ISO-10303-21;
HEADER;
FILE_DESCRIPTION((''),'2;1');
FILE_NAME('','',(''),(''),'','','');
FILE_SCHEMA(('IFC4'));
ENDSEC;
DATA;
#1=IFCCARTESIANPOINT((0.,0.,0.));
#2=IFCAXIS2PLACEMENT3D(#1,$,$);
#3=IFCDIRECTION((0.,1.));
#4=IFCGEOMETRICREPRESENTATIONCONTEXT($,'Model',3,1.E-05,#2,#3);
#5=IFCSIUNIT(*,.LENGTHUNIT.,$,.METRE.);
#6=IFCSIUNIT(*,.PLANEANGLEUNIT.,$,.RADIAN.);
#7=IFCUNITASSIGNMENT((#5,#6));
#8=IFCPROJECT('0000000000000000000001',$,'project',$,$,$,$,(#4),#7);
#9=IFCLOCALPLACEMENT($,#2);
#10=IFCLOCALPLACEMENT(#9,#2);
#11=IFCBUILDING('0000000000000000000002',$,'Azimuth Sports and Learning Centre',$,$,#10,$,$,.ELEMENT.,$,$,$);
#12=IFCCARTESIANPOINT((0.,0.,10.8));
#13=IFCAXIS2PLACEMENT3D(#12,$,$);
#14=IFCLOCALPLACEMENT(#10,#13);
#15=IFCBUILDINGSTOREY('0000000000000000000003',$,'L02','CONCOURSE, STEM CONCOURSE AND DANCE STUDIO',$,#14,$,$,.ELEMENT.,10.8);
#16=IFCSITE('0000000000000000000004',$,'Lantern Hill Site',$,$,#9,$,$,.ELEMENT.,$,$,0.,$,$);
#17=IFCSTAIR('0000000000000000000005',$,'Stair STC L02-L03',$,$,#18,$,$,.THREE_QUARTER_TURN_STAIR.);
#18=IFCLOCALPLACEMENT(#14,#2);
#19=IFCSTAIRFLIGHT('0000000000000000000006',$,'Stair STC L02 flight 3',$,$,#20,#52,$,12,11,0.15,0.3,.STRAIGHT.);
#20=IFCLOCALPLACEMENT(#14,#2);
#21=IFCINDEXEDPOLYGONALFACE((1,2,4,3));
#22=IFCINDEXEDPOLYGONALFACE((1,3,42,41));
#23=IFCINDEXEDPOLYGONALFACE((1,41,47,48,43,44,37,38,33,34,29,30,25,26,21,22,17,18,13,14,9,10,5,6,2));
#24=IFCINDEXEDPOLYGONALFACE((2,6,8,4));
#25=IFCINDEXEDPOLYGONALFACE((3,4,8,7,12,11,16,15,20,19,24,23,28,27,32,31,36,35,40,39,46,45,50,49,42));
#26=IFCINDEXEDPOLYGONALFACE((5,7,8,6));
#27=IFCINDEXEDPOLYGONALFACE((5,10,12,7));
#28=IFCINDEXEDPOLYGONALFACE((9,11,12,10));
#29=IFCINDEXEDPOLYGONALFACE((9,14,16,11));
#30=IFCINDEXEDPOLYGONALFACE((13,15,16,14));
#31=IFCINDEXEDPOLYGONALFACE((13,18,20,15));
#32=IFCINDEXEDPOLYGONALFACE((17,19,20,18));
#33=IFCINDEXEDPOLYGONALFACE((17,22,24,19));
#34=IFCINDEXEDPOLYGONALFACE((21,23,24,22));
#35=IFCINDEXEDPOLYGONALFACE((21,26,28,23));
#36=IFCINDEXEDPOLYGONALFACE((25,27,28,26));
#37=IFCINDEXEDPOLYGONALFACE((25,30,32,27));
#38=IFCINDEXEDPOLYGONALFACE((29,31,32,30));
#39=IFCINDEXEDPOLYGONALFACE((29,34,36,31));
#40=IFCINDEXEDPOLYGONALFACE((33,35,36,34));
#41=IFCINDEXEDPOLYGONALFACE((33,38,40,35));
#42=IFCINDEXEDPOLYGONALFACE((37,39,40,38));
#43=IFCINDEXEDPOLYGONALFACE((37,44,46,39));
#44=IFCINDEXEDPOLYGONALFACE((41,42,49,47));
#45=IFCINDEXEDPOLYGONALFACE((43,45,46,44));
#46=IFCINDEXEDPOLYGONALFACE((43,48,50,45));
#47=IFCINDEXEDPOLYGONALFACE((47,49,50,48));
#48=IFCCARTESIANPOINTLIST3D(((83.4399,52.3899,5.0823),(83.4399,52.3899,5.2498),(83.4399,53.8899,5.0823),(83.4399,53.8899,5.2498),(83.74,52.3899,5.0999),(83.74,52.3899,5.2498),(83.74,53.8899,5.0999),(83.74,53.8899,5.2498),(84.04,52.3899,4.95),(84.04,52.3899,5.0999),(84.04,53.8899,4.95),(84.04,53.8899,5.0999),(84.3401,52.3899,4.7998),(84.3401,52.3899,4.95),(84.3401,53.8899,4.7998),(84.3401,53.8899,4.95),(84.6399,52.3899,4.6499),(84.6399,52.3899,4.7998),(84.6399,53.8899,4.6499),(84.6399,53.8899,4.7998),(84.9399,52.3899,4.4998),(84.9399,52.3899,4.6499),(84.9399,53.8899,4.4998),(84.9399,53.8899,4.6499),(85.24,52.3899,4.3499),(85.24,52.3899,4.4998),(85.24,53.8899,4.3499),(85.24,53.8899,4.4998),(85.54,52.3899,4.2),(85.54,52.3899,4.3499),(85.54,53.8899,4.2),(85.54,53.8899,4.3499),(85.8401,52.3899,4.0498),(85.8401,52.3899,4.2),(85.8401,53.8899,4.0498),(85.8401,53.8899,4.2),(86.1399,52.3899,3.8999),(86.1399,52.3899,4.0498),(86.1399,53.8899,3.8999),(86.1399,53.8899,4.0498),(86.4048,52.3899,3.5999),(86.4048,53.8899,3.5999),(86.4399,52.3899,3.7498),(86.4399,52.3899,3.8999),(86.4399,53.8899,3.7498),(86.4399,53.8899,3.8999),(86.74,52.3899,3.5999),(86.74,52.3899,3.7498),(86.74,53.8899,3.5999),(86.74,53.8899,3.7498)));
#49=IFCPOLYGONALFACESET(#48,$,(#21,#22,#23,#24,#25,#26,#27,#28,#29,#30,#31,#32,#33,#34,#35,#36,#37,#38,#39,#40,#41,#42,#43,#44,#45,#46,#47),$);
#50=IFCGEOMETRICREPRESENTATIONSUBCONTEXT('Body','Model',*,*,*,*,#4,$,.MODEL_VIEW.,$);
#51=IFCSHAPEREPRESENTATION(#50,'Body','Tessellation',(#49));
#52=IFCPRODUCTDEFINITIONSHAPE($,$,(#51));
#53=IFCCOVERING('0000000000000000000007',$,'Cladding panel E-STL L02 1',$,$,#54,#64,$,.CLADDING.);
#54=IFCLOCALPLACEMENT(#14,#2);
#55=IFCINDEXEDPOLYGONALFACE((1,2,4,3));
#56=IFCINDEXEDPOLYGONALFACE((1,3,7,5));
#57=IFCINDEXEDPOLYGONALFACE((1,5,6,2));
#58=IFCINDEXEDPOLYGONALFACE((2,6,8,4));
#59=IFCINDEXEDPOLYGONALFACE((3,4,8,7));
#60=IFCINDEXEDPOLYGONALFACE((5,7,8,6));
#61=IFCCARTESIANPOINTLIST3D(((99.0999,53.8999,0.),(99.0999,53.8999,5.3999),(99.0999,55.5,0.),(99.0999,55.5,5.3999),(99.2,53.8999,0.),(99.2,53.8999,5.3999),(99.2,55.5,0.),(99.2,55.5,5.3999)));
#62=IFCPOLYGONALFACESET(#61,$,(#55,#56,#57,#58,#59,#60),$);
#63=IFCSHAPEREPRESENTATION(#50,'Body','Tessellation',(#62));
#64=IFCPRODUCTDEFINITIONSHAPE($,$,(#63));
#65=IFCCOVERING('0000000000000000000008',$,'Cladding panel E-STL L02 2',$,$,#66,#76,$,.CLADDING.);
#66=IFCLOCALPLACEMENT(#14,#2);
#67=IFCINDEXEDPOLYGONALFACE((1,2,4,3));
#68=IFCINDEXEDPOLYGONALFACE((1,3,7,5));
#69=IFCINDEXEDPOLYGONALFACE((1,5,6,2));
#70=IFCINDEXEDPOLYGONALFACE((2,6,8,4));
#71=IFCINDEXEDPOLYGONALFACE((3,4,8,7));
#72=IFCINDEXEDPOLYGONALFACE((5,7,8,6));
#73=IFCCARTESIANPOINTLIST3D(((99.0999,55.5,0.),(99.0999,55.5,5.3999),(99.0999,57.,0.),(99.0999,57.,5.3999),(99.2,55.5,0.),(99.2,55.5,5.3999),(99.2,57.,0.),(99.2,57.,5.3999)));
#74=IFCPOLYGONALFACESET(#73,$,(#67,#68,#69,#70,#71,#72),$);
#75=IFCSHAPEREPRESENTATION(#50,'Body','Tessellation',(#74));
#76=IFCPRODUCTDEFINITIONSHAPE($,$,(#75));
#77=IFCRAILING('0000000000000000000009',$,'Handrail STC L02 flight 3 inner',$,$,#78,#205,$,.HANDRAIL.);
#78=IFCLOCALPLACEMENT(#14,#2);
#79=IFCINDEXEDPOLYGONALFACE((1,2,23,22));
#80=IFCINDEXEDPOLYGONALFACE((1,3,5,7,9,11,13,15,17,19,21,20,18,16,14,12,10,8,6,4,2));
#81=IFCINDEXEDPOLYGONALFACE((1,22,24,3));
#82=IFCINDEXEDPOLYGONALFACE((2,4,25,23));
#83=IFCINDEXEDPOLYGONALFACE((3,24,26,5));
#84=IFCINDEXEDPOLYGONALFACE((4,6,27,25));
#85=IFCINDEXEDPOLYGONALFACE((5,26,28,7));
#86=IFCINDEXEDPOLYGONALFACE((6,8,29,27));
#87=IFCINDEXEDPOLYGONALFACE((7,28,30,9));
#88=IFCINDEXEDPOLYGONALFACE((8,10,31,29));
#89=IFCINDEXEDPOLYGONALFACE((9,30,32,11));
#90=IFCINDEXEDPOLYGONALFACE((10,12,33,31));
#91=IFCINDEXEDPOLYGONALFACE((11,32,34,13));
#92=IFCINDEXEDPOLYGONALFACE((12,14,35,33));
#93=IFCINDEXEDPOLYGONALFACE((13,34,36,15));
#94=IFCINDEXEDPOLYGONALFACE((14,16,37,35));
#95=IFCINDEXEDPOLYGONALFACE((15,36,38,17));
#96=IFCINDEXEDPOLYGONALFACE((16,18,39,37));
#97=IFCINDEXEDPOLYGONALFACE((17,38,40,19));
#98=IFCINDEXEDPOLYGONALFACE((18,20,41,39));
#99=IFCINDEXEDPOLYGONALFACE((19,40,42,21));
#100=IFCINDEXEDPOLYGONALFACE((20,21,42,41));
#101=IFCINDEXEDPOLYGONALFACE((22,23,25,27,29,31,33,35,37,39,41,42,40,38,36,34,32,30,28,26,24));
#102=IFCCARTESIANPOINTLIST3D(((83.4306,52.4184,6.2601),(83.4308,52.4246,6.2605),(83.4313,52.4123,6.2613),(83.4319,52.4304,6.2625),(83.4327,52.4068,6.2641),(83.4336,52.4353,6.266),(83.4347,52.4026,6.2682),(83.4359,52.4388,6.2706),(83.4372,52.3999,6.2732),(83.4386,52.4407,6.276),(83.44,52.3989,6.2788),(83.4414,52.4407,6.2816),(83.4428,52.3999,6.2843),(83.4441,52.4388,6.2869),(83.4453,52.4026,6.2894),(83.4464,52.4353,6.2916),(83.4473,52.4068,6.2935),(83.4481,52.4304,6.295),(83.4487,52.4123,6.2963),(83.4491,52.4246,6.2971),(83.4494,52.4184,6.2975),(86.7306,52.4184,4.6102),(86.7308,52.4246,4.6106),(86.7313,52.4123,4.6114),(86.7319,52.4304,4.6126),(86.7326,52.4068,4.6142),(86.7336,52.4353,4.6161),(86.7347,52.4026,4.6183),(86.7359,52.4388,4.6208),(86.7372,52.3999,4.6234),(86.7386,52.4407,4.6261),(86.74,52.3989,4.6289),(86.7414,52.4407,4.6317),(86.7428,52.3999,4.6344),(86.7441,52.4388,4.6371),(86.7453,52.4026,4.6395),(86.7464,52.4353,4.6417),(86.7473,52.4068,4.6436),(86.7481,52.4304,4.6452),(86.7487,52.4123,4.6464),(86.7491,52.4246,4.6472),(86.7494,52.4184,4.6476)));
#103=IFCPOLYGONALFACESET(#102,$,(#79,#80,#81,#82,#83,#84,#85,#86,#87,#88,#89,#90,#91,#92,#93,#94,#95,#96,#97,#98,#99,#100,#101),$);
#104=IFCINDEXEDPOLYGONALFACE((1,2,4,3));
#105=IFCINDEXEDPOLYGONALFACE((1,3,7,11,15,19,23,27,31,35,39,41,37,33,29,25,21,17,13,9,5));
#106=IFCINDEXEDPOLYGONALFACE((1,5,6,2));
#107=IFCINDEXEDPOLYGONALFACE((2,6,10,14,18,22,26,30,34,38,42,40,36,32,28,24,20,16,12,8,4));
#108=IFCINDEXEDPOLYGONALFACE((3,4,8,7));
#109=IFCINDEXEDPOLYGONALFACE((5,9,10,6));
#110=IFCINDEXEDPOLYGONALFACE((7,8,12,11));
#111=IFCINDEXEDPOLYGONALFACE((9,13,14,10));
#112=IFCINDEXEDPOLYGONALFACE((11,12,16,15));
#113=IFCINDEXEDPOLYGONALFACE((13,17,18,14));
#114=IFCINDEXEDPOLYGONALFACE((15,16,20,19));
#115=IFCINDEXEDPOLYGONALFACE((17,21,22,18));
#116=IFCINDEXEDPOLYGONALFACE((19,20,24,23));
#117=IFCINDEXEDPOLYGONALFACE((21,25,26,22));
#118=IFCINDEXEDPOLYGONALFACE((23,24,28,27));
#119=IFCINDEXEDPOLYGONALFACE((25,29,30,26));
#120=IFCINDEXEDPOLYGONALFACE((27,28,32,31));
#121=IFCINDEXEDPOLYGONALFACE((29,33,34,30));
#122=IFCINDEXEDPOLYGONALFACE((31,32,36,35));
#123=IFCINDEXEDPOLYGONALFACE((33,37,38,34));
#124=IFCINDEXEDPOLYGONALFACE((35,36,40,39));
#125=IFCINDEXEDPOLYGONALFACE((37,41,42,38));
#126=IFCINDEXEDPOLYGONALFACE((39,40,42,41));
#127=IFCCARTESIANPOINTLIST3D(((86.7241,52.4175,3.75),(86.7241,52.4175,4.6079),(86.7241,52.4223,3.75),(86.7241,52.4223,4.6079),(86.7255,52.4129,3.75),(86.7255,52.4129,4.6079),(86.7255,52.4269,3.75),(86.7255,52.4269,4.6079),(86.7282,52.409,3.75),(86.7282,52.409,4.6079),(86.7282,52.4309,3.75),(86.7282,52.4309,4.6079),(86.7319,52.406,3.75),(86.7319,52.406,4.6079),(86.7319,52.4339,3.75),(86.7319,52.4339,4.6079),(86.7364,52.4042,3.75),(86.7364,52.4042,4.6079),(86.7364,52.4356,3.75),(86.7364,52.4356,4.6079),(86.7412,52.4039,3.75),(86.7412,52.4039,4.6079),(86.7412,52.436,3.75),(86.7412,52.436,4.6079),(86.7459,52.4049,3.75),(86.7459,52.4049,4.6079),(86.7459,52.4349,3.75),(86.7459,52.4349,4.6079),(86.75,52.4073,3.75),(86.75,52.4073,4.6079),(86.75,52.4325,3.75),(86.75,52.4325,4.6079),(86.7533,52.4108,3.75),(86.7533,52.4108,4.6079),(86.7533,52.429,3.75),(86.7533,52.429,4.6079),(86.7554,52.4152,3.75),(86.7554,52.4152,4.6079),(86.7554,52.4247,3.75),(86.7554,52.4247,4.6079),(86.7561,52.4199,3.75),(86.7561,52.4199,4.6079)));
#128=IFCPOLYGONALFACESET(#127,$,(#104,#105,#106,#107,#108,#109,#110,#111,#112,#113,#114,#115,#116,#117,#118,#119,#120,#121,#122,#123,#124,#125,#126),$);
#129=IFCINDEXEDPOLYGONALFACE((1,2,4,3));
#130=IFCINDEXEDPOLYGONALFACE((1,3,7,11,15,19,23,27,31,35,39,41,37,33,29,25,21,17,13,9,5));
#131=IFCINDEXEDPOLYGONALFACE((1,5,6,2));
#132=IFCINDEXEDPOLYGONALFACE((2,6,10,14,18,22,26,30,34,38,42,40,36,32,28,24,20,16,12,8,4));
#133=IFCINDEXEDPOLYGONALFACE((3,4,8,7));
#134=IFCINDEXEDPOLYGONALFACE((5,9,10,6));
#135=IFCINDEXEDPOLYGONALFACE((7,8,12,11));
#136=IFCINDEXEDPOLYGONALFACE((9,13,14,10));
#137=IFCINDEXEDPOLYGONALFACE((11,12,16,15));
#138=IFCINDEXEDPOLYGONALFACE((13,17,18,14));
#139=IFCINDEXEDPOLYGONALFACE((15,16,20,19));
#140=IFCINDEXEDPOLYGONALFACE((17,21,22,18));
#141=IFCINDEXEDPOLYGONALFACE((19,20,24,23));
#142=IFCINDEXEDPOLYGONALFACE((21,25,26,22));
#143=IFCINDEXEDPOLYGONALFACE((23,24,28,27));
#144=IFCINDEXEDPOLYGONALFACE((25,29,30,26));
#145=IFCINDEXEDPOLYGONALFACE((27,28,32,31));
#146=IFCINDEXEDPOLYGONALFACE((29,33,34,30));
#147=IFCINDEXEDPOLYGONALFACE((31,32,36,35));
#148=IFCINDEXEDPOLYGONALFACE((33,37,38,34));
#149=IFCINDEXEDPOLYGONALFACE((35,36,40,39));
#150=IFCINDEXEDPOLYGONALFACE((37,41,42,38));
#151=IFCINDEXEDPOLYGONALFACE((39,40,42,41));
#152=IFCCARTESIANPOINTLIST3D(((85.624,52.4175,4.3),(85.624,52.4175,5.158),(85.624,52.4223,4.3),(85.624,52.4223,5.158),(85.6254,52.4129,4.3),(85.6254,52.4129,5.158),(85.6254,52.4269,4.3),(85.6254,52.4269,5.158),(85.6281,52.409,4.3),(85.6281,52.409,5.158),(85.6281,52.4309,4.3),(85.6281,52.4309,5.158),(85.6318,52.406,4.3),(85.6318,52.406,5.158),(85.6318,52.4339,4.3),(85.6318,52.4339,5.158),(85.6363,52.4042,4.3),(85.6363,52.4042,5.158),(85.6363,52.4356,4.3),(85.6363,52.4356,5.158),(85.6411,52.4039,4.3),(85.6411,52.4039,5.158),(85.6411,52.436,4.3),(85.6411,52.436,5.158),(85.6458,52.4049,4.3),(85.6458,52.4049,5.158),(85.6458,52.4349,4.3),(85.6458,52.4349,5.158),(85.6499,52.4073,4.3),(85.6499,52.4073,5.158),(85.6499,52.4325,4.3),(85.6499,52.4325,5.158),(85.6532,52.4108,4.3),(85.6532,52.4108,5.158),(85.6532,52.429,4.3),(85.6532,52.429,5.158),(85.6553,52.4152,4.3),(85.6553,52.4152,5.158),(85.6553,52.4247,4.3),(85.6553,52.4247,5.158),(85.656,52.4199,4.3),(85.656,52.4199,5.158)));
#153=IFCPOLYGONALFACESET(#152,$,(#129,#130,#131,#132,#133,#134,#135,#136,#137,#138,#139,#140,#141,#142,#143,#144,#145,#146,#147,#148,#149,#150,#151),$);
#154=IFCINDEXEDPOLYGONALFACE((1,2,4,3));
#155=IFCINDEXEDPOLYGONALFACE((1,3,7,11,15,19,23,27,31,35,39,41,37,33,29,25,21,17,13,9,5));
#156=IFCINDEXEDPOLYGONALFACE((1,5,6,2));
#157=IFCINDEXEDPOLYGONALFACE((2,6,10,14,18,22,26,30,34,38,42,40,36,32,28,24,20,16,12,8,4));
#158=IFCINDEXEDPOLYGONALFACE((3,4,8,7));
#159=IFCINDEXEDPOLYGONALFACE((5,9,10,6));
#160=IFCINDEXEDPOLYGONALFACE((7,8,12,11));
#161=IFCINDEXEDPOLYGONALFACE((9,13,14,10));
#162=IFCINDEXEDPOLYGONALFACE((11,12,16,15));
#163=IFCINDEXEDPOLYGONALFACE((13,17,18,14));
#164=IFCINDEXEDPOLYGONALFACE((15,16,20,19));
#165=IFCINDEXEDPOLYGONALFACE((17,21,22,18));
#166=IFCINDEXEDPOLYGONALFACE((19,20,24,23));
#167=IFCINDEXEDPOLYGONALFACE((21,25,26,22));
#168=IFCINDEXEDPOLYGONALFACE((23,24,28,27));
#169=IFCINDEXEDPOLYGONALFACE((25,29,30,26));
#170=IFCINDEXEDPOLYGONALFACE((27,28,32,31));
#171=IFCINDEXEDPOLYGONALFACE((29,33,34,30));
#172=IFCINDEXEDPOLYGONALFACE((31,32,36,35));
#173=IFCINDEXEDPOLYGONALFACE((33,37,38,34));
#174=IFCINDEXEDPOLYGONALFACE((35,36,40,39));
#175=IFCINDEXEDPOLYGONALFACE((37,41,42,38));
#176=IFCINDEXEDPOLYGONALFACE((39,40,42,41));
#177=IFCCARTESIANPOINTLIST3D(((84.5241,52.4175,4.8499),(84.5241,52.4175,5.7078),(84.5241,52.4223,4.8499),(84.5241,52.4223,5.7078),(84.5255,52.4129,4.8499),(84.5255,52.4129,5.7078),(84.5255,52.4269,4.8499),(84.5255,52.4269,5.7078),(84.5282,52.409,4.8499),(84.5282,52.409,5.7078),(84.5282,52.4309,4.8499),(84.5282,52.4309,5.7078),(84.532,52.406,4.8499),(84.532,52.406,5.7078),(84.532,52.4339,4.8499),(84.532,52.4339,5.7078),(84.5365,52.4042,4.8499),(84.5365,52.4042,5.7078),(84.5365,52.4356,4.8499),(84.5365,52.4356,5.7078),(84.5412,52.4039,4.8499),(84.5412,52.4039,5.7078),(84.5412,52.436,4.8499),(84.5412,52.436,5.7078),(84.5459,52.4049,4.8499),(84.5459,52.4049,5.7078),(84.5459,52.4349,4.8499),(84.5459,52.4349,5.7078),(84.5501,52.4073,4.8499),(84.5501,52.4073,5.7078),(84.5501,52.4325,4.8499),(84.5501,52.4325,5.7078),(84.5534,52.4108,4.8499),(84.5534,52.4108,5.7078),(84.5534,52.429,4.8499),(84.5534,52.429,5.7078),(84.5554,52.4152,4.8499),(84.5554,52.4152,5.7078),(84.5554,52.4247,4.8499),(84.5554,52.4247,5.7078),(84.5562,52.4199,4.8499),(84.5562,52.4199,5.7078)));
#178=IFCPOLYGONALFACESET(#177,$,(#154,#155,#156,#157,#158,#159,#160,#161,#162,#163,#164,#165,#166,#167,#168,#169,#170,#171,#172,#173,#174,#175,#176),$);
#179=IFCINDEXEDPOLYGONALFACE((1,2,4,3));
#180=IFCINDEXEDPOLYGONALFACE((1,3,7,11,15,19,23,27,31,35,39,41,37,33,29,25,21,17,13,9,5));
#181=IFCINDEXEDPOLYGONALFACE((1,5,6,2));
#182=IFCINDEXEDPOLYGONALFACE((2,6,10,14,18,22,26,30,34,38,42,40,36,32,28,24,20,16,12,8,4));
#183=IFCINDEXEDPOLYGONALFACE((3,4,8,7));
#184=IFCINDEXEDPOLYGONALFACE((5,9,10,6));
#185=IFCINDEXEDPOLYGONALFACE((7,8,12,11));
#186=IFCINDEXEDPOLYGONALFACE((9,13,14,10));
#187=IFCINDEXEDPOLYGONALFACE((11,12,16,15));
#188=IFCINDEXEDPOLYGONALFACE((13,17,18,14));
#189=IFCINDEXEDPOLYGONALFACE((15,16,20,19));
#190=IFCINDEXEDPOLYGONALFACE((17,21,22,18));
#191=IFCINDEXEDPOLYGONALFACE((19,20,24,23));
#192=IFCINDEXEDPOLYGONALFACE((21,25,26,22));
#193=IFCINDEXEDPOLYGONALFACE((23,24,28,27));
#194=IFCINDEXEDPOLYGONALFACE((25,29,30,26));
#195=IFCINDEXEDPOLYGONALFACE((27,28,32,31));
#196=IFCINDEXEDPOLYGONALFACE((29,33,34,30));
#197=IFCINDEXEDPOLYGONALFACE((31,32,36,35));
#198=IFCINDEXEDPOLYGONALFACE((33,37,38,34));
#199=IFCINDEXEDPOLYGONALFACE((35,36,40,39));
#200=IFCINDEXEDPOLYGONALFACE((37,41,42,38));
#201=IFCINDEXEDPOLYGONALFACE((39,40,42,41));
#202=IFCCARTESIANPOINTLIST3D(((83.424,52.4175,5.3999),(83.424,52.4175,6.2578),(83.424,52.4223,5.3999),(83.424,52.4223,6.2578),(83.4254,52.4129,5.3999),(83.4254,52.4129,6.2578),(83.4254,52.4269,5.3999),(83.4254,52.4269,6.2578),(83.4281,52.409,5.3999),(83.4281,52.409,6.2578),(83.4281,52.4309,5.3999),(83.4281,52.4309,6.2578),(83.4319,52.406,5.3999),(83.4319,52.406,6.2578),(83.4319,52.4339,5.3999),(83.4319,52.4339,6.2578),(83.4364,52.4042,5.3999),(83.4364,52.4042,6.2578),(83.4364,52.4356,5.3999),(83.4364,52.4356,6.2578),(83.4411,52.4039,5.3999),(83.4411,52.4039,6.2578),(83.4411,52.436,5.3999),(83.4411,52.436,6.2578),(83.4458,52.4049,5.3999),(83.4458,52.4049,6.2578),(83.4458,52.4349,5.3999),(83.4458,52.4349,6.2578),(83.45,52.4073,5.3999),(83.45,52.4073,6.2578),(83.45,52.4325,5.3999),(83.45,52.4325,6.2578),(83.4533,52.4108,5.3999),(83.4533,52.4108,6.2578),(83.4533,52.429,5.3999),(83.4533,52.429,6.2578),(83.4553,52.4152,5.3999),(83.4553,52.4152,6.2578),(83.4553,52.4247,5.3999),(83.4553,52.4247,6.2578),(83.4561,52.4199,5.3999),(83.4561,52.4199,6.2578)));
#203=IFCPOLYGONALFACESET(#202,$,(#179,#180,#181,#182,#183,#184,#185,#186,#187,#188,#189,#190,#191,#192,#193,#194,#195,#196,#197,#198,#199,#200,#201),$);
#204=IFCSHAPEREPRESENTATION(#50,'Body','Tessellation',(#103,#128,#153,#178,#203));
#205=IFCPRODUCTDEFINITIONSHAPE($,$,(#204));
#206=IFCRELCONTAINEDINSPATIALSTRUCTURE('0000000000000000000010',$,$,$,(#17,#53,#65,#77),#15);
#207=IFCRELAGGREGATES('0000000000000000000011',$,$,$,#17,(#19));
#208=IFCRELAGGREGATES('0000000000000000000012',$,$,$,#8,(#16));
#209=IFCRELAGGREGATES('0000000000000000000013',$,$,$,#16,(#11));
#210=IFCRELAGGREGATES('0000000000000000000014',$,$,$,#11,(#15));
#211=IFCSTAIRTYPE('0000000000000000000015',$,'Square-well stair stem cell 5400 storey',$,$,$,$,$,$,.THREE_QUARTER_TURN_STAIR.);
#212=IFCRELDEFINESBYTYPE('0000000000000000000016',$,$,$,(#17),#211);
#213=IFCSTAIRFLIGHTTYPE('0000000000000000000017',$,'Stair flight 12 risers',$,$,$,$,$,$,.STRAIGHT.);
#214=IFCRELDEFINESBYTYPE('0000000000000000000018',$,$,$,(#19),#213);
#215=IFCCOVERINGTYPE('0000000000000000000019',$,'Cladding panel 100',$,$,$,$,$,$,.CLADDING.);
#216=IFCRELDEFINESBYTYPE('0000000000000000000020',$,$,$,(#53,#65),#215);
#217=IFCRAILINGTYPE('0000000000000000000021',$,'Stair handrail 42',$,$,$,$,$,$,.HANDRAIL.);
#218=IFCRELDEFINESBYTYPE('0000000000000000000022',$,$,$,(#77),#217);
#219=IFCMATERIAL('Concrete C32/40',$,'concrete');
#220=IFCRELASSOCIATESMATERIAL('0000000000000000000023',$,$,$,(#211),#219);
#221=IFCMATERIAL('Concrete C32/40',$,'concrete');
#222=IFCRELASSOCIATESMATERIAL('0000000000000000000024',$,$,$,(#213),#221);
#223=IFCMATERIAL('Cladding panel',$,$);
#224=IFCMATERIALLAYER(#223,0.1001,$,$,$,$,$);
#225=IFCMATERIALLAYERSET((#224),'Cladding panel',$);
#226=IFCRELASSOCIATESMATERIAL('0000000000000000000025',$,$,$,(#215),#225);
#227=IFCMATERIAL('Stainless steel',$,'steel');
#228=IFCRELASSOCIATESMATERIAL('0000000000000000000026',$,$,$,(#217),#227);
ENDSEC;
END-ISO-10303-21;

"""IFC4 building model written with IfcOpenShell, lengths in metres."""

from ifc_helpers import new_model, si_unit, direction, frame, origin, origin_2d, place, context, subcontext, project, spatial, polyline, rectangle, circle, outline, extrude, material, layer, layer_set, type_object, element, aggregate, save


model = new_model("IFC4")

# Units and contexts
model_context = context("Model", 3, precision=1e-05, world=origin(), true_north=direction((0.0, 1.0)))
body_context = subcontext(model_context, "Body", "Model", "MODEL_VIEW")
ifc_project = project(units=[si_unit("LENGTHUNIT", "METRE"), si_unit("PLANEANGLEUNIT", "RADIAN")], contexts=[model_context])

# Site, building, storey
site_placement = place(None, origin())
site = spatial("IfcSite", under=ifc_project, at=site_placement, Name="Lantern Hill Site", CompositionType="ELEMENT", RefElevation=0.0)
building_placement = place(site_placement, origin())
building = spatial("IfcBuilding", under=site, at=building_placement, Name="Azimuth Sports and Learning Centre", CompositionType="ELEMENT")
storey_placement = place(building_placement, frame((0.0, 0.0, 10.8)))
storey = spatial("IfcBuildingStorey", under=building, at=storey_placement, Name="L02", Description="CONCOURSE, STEM CONCOURSE AND DANCE STUDIO", CompositionType="ELEMENT", Elevation=10.8)

# Stair, stair flight
ifc_material_1 = material(Name="Concrete C32/40", Category="concrete")
stair_type = type_object("IfcStairType", Name="Square-well stair stem cell 5400 storey", PredefinedType="THREE_QUARTER_TURN_STAIR", material=ifc_material_1)
stair_placement = place(storey_placement, origin())
stair = element("IfcStair", 1, at=stair_placement, inside=storey, type_object=stair_type, Name="Stair STC L02-L03", PredefinedType="THREE_QUARTER_TURN_STAIR")
ifc_material_2 = material(Name="Concrete C32/40", Category="concrete")
stair_flight_type = type_object("IfcStairFlightType", Name="Stair flight 12 risers", PredefinedType="STRAIGHT", material=ifc_material_2)
stair_flight_placement = place(storey_placement, frame((86.74, 53.1399, 3.5999), z_axis=(0.0, 0.0, 1.0), x_axis=(-1.0, 0.0, 0.0)))
stair_flight = element("IfcStairFlight", 2, at=stair_flight_placement, type_object=stair_flight_type, Name="Stair STC L02 flight 3", NumberOfRisers=12, NumberOfTreads=11, PredefinedType="STRAIGHT", RiserHeight=0.15, TreadLength=0.3, context=body_context, shape_type="SweptSolid", body=[
    extrude(outline(polyline([(0.0, 0.0), (0.0, 0.1499), (0.3, 0.1499), (0.3, 0.3), (0.6001, 0.3), (0.6001, 0.45), (0.8999, 0.45), (0.8999, 0.6001), (1.2, 0.6001), (1.2, 0.75), (1.5, 0.75), (1.5, 0.8999), (1.8, 0.8999), (1.8, 1.05), (2.1001, 1.05), (2.1001, 1.2), (2.3999, 1.2), (2.3999, 1.3501), (2.7, 1.3501), (2.7, 1.5), (3.0, 1.5), (3.0, 1.6499), (3.3, 1.6499), (3.3, 1.8), (3.3, 1.4824), (0.3352, 0.0), (0.0, 0.0)])), frame((0.0, 0.75, 0.0), z_axis=(0.0, -1.0, 0.0), x_axis=(1.0, 0.0, 0.0)), (0.0, 0.0, 1.0), 1.5),
])
aggregate(stair, [stair_flight])

# Coverings
ifc_material_3 = material(Name="Cladding panel")
ifc_layer_1 = layer(ifc_material_3, 0.1001)
ifc_layer_set_1 = layer_set([ifc_layer_1], Name="Cladding panel")
covering_type = type_object("IfcCoveringType", Name="Cladding panel 100", PredefinedType="CLADDING", material=ifc_layer_set_1)
covering_1_placement = place(storey_placement, frame((99.1499, 54.7, 0.0), z_axis=(0.0, 0.0, 1.0), x_axis=(0.0, 1.0, 0.0)))
element("IfcCovering", 3, at=covering_1_placement, inside=storey, type_object=covering_type, Name="Cladding panel E-STL L02 1", PredefinedType="CLADDING", context=body_context, shape_type="SweptSolid", body=[
    extrude(rectangle(XDim=1.6001, YDim=0.1001, at=origin_2d()), origin(), (0.0, 0.0, 1.0), 5.3999),
])
covering_2_placement = place(storey_placement, frame((99.1499, 56.25, 0.0), z_axis=(0.0, 0.0, 1.0), x_axis=(0.0, 1.0, 0.0)))
element("IfcCovering", 4, at=covering_2_placement, inside=storey, type_object=covering_type, Name="Cladding panel E-STL L02 2", PredefinedType="CLADDING", context=body_context, shape_type="SweptSolid", body=[
    extrude(rectangle(XDim=1.5, YDim=0.1001, at=origin_2d()), origin(), (0.0, 0.0, 1.0), 5.3999),
])

# Railing
ifc_material_4 = material(Name="Stainless steel", Category="steel")
railing_type_1 = type_object("IfcRailingType", Name="Stair handrail 42", PredefinedType="HANDRAIL", material=ifc_material_4)
for number, where, name in (
    (5, (86.74, 52.4199, 3.75), "Handrail STC L02 flight 3 inner"),
):
    element("IfcRailing", number, at=place(storey_placement, frame(where)), inside=storey, type_object=railing_type_1, Name=name, PredefinedType="HANDRAIL", context=body_context, shape_type="SweptSolid", body=[
        extrude(circle(Radius=0.021, at=origin_2d()), frame((0.0, 0.0, 0.8789), z_axis=(-0.89444, 0.0, 0.447187), x_axis=(0.0, -1.0, 0.0)), (0.0, 0.0, 1.0), 3.6895),
        extrude(circle(Radius=0.0161, at=origin_2d()), origin(), (0.0, 0.0, 1.0), 0.8579),
        extrude(circle(Radius=0.0161, at=origin_2d()), frame((-1.1001, 0.0, 0.55)), (0.0, 0.0, 1.0), 0.8579),
        extrude(circle(Radius=0.0161, at=origin_2d()), frame((-2.2, 0.0, 1.0999)), (0.0, 0.0, 1.0), 0.8579),
        extrude(circle(Radius=0.0161, at=origin_2d()), frame((-3.3, 0.0, 1.6499)), (0.0, 0.0, 1.0), 0.8579),
    ])

save(model, "model.ifc")
